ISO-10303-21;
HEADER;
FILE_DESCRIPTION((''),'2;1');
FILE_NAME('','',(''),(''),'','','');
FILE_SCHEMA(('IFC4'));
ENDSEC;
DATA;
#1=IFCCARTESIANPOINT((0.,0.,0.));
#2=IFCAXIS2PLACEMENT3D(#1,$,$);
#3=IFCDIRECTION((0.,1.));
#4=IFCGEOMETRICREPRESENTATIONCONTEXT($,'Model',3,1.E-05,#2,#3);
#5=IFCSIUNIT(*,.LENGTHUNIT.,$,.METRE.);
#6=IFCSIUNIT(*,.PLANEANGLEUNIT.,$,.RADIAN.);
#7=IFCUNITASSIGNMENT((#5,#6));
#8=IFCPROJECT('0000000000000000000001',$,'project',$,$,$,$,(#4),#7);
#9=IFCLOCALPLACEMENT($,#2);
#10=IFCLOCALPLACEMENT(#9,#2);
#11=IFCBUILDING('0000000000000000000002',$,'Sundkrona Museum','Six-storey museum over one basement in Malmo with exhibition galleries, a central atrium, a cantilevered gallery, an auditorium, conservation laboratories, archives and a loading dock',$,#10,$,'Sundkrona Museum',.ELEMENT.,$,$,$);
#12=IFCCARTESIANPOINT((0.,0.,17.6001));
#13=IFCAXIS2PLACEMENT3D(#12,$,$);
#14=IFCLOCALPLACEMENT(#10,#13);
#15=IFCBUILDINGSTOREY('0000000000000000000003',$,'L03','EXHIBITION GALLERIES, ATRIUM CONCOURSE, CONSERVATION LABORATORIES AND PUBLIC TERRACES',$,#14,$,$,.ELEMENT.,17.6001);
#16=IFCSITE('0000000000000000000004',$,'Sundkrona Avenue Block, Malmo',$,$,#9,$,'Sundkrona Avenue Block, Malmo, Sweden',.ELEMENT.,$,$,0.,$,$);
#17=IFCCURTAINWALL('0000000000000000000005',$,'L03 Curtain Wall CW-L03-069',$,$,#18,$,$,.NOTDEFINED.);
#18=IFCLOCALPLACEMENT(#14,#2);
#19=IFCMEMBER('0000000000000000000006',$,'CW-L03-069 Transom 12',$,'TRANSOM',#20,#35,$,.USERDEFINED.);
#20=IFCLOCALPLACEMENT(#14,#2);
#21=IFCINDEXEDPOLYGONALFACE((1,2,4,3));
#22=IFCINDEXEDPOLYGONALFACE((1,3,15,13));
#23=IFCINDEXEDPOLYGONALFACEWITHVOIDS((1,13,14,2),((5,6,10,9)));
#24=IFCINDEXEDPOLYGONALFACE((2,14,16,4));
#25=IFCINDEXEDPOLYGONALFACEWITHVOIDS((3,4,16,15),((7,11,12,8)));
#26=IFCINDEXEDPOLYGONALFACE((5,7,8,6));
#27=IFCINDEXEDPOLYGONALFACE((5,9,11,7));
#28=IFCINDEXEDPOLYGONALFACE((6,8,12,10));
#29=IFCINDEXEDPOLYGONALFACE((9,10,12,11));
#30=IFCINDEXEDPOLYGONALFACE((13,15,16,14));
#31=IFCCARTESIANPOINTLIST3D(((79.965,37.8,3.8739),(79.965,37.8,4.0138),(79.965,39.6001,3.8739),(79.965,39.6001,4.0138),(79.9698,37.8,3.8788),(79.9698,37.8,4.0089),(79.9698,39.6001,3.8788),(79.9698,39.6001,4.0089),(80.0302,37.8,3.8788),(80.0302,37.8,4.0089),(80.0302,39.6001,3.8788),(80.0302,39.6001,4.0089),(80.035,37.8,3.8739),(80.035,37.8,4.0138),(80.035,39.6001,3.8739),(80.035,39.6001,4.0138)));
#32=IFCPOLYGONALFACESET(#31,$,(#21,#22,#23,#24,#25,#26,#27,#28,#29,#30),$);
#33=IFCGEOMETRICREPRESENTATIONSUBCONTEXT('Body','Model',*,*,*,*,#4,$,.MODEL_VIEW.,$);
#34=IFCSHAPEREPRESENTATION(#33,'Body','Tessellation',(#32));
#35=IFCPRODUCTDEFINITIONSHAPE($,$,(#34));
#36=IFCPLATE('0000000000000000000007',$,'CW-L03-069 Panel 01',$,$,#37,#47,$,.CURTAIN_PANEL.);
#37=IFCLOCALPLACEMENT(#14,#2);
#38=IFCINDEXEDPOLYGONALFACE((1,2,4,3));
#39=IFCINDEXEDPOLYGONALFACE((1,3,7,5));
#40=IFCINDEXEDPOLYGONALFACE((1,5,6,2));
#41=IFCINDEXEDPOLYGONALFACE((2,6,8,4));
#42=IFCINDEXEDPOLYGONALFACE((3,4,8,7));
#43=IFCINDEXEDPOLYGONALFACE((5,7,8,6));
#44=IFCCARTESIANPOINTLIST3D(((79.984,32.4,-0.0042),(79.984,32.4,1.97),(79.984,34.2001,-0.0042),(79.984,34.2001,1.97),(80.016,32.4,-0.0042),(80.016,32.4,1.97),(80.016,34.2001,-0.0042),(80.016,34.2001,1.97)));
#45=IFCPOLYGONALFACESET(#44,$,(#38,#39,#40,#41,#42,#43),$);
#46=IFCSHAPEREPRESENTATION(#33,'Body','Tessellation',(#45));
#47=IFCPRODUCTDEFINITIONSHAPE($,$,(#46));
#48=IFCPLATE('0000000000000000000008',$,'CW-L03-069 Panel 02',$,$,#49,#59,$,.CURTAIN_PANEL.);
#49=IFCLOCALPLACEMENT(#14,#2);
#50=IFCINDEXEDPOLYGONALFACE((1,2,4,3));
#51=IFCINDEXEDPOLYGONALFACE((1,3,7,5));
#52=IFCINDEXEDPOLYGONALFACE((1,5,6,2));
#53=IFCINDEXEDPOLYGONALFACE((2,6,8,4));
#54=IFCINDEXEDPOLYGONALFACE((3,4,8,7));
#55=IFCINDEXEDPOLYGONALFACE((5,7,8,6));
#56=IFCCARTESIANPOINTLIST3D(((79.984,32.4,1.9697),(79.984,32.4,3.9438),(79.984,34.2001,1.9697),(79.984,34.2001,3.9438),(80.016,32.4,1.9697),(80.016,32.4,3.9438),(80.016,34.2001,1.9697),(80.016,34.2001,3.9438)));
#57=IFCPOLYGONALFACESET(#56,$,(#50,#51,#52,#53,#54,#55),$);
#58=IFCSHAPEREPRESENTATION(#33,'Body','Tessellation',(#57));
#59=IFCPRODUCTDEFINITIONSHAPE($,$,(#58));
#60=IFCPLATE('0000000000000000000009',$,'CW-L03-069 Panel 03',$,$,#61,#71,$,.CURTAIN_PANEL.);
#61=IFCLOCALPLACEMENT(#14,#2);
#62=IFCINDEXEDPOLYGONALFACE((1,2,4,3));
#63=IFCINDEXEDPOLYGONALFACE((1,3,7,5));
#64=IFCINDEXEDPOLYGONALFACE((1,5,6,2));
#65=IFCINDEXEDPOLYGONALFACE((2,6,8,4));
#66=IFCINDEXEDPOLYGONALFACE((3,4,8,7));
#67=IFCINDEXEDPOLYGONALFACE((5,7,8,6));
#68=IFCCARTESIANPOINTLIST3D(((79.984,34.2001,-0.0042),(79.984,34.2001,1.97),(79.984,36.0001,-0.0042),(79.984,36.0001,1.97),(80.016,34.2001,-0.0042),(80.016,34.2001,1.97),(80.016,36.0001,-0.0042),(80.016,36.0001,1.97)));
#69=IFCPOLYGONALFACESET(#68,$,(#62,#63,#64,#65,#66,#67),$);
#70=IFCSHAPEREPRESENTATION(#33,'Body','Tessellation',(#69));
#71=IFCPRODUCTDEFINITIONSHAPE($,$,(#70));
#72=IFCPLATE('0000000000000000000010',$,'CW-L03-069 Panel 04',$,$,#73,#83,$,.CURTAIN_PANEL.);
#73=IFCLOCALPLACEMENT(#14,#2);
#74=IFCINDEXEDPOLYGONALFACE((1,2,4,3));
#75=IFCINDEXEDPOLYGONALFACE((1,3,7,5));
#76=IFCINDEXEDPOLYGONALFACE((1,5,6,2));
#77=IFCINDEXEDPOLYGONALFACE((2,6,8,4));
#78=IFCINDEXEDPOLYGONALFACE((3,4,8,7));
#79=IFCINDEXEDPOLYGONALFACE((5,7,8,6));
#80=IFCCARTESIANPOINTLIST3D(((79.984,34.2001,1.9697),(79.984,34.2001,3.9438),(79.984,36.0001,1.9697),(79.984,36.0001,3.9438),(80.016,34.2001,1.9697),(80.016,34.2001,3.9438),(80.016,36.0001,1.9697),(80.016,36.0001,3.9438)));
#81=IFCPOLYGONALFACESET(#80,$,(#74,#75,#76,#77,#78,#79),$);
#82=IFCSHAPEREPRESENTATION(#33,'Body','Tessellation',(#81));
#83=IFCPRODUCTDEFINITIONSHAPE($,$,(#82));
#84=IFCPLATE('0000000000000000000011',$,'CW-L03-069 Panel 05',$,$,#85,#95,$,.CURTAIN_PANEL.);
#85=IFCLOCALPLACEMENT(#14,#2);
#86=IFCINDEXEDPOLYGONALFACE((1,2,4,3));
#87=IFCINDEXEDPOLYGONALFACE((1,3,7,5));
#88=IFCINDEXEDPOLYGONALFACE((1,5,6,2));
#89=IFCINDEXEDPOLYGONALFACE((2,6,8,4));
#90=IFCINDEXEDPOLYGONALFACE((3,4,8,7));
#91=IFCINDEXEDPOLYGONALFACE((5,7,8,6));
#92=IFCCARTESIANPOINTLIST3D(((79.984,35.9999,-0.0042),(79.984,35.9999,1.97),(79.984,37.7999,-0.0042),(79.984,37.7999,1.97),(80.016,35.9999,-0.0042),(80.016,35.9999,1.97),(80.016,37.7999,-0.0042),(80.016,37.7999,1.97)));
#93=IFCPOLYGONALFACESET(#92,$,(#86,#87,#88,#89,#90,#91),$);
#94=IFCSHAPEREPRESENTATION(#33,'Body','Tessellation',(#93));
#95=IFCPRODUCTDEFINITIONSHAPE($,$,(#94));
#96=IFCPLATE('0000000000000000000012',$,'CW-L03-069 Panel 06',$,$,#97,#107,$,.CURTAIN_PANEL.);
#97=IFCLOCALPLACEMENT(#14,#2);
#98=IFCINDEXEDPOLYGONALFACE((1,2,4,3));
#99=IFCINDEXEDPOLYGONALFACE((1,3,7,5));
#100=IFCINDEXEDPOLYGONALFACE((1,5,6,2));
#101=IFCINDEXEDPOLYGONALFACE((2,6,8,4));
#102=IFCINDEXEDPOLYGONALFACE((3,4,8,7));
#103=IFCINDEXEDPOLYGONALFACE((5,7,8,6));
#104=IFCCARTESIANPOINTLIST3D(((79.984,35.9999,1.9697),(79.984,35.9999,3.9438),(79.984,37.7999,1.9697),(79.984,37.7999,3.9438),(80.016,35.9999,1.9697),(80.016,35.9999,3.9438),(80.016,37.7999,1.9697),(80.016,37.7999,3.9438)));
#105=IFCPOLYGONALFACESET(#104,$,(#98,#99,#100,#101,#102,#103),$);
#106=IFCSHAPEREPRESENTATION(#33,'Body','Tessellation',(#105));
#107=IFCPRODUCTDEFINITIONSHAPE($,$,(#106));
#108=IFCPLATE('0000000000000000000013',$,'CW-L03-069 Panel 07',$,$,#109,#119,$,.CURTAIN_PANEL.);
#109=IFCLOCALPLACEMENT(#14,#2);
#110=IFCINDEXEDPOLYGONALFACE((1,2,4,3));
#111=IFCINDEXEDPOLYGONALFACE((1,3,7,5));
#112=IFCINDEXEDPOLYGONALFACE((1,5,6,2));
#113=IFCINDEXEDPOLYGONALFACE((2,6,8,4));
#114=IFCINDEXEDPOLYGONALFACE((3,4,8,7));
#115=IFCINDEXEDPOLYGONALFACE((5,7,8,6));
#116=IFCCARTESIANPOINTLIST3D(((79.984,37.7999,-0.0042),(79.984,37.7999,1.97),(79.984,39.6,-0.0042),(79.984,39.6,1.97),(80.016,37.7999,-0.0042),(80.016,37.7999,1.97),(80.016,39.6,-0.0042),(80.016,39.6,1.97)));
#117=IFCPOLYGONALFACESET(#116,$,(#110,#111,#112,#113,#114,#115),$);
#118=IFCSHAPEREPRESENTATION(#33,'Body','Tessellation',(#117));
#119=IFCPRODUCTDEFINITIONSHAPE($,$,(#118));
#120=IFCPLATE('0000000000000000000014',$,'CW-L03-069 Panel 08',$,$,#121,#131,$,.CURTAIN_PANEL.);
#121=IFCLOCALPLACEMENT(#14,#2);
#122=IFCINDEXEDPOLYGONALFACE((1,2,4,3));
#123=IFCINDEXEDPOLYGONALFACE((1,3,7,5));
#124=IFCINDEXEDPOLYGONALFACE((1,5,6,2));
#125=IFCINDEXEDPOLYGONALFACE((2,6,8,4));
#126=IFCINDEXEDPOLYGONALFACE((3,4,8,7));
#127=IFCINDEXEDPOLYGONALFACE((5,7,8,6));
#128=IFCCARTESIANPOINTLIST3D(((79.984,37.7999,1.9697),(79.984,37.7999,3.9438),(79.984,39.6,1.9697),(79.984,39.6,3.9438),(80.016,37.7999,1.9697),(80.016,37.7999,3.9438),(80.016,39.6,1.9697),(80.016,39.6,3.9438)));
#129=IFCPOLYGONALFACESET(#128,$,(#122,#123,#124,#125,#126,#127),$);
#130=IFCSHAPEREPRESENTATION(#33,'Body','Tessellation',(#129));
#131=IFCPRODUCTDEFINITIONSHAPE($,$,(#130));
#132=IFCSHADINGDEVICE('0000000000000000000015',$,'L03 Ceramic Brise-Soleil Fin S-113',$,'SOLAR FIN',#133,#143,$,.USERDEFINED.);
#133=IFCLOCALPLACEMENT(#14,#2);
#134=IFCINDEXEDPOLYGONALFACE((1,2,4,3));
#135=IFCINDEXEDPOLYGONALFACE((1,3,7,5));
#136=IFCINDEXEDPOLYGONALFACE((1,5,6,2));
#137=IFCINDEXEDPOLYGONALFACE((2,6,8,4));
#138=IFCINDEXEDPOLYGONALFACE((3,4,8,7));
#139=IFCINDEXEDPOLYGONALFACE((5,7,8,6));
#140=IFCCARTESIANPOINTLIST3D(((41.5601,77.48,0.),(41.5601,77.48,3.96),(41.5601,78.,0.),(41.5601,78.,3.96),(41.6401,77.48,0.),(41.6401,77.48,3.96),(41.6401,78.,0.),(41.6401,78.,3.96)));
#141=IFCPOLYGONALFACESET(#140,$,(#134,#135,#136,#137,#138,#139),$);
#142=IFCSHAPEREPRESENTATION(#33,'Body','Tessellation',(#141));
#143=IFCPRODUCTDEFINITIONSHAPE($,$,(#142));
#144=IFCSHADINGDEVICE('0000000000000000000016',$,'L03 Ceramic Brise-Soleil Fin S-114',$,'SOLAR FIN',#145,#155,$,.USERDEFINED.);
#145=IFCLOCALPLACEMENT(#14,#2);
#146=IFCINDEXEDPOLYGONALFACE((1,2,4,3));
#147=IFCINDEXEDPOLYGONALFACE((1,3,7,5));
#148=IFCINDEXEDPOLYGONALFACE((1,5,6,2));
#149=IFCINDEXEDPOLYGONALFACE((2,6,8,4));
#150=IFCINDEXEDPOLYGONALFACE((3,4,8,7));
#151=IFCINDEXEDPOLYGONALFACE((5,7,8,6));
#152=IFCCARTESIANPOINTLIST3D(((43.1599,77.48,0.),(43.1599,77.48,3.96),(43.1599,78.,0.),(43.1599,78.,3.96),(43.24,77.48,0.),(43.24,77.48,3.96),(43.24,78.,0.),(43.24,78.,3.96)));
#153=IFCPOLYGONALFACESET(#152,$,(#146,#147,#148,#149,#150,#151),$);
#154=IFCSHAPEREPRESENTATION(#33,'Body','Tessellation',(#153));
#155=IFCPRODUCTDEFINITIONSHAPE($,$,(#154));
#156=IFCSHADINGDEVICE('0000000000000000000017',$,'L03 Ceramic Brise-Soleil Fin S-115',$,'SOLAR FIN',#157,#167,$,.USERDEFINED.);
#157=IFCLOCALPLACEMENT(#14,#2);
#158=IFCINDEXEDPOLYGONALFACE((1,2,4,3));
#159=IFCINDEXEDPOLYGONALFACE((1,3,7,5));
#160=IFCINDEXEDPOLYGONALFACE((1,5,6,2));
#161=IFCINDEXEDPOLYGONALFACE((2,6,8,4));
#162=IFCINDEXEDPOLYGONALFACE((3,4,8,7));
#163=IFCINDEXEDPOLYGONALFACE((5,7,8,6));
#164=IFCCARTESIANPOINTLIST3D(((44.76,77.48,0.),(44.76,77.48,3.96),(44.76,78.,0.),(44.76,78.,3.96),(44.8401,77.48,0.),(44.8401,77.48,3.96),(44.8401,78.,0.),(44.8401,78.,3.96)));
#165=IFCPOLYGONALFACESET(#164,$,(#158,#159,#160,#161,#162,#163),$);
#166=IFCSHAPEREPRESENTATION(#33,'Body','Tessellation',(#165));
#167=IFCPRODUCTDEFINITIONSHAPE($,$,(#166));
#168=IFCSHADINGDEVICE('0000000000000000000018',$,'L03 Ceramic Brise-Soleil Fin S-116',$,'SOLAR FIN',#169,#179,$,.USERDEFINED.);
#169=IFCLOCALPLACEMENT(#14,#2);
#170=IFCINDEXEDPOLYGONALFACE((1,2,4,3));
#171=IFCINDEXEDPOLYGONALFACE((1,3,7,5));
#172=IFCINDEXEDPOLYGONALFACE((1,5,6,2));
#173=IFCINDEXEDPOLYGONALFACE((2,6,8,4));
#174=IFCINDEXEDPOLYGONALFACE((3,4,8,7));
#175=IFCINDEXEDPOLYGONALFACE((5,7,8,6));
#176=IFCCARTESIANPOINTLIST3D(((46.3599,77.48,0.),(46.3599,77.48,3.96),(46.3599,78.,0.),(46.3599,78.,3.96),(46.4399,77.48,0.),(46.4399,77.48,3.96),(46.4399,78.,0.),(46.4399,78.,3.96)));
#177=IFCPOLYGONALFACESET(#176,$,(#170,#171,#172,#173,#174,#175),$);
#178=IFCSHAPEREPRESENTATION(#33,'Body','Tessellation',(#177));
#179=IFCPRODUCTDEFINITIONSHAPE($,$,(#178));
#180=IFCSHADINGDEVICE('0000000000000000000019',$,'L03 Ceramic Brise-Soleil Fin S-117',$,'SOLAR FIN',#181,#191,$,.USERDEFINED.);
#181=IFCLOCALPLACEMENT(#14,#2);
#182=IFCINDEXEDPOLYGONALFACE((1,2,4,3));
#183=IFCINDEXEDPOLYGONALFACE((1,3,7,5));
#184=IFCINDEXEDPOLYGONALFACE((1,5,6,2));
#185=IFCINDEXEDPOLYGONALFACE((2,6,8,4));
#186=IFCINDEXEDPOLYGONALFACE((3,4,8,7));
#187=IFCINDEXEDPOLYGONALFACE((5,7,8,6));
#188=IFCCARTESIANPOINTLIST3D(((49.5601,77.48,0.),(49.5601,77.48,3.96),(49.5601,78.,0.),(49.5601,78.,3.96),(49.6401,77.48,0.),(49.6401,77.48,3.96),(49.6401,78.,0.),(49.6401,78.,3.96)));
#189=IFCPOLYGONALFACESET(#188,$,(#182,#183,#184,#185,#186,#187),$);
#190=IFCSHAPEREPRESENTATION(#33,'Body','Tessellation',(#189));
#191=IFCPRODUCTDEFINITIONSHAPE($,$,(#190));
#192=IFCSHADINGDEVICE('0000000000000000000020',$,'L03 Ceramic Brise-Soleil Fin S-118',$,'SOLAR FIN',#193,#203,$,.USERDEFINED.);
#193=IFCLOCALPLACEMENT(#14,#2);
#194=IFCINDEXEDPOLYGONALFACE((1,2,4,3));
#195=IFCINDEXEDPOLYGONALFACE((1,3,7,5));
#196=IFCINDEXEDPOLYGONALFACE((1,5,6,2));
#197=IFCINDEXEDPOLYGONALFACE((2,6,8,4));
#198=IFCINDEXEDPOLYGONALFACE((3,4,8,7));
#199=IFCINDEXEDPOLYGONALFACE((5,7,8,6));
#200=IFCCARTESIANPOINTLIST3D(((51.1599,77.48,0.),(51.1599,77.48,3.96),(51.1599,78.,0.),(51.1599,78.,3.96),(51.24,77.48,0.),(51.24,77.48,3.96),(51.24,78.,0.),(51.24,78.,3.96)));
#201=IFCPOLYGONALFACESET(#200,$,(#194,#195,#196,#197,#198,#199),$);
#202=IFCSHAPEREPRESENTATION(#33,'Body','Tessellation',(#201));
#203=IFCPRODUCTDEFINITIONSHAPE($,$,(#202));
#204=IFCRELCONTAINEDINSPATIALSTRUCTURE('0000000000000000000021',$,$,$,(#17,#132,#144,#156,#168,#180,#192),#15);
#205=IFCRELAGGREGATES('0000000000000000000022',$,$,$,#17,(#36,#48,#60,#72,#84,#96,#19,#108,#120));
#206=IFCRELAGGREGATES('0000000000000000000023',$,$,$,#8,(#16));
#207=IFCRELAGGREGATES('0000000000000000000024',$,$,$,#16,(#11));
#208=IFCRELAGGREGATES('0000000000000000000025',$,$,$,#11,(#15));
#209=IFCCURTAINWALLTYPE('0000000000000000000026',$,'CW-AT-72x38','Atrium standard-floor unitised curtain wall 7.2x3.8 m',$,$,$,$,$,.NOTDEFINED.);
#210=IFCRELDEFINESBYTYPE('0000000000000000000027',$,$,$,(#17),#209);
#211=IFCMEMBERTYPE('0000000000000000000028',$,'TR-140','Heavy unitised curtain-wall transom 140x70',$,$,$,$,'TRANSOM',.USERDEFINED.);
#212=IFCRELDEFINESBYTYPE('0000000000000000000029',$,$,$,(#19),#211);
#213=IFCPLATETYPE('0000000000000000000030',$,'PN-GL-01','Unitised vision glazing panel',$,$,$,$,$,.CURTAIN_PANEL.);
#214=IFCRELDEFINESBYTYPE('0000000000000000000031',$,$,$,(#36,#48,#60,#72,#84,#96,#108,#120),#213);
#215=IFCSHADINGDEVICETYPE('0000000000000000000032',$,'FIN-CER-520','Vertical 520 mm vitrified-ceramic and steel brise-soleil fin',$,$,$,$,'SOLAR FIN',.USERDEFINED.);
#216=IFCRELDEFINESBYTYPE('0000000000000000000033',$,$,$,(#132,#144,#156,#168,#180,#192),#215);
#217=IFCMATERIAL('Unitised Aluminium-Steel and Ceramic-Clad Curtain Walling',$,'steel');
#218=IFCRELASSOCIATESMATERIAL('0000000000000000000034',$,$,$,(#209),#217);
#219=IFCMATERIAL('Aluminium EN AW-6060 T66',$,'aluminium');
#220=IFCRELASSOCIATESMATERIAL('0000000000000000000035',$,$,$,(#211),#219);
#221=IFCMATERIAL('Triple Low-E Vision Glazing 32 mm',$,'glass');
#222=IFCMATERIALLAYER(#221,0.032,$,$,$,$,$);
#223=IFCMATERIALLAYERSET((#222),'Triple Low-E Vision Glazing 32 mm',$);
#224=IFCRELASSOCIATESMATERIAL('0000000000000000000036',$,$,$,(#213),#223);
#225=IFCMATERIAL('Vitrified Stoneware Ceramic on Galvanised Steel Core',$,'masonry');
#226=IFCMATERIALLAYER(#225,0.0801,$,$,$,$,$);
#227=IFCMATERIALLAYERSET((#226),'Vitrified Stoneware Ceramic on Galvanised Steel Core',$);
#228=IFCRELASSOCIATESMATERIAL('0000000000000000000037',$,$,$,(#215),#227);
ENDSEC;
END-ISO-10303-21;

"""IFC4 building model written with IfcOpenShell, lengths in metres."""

from ifc_helpers import new_model, si_unit, direction, frame, origin, origin_2d, place, context, subcontext, project, spatial, rectangle, hollow_rectangle, extrude, material, layer, layer_set, material_profile, profile_set, type_object, element, aggregate, save


model = new_model("IFC4")

# Units and contexts
model_context = context("Model", 3, precision=1e-05, world=origin(), true_north=direction((0.0, 1.0)))
body_context = subcontext(model_context, "Body", "Model", "MODEL_VIEW")
ifc_project = project(units=[si_unit("LENGTHUNIT", "METRE"), si_unit("PLANEANGLEUNIT", "RADIAN")], contexts=[model_context])

# Site, building, storey
site_placement = place(None, origin())
site = spatial("IfcSite", under=ifc_project, at=site_placement, Name="Sundkrona Avenue Block, Malmo", LongName="Sundkrona Avenue Block, Malmo, Sweden", CompositionType="ELEMENT", RefElevation=0.0)
building_placement = place(site_placement, origin())
building = spatial("IfcBuilding", under=site, at=building_placement, Name="Sundkrona Museum", Description="Six-storey museum over one basement in Malmo with exhibition galleries, a central atrium, a cantilevered gallery, an auditorium, conservation laboratories, archives and a loading dock", LongName="Sundkrona Museum", CompositionType="ELEMENT")
storey_placement = place(building_placement, frame((0.0, 0.0, 17.6001)))
storey = spatial("IfcBuildingStorey", under=building, at=storey_placement, Name="L03", Description="EXHIBITION GALLERIES, ATRIUM CONCOURSE, CONSERVATION LABORATORIES AND PUBLIC TERRACES", CompositionType="ELEMENT", Elevation=17.6001)

# Curtain wall
ifc_material_1 = material(Name="Unitised Aluminium-Steel and Ceramic-Clad Curtain Walling", Category="steel")
curtain_wall_type = type_object("IfcCurtainWallType", Name="CW-AT-72x38", Description="Atrium standard-floor unitised curtain wall 7.2x3.8 m", PredefinedType="NOTDEFINED", material=ifc_material_1)
curtain_wall_placement = place(storey_placement, origin())
curtain_wall = element("IfcCurtainWall", 1, at=curtain_wall_placement, inside=storey, type_object=curtain_wall_type, Name="L03 Curtain Wall CW-L03-069", PredefinedType="NOTDEFINED")
ifc_material_2 = material(Name="Aluminium EN AW-6060 T66", Category="aluminium")

# Member
ifc_material_profile_1 = material_profile(ifc_material_2, hollow_rectangle(XDim=0.0701, YDim=0.1399, WallThickness=0.0049, at=origin_2d()), Name="RHS 140x70x5.0")
ifc_profile_set_1 = profile_set([ifc_material_profile_1], Name="Aluminium EN AW-6060 T66")
member_type_1 = type_object("IfcMemberType", Name="TR-140", Description="Heavy unitised curtain-wall transom 140x70", ElementType="TRANSOM", PredefinedType="USERDEFINED", material=ifc_profile_set_1)
member_1_placement = place(storey_placement, frame((80.0, 37.8, 3.9438), z_axis=(0.0, 1.0, 0.0), x_axis=(-1.0, 0.0, 0.0)))
member_1 = element("IfcMember", 2, at=member_1_placement, type_object=member_type_1, Name="CW-L03-069 Transom 12", ObjectType="TRANSOM", PredefinedType="USERDEFINED", context=body_context, shape_type="SweptSolid", body=[
    extrude(hollow_rectangle(XDim=0.0701, YDim=0.1399, WallThickness=0.0049, at=origin_2d()), origin(), (0.0, 0.0, 1.0), 1.8),
])

# Plates
ifc_material_3 = material(Name="Triple Low-E Vision Glazing 32 mm", Category="glass")
ifc_layer_1 = layer(ifc_material_3, 0.032)
ifc_layer_set_1 = layer_set([ifc_layer_1], Name="Triple Low-E Vision Glazing 32 mm")
plate_type = type_object("IfcPlateType", Name="PN-GL-01", Description="Unitised vision glazing panel", PredefinedType="CURTAIN_PANEL", material=ifc_layer_set_1)
plate_1_placement = place(storey_placement, frame((80.0, 33.3, -0.0042), z_axis=(0.0, 0.0, 1.0), x_axis=(0.0, 1.0, 0.0)))
plate_1 = element("IfcPlate", 3, at=plate_1_placement, type_object=plate_type, Name="CW-L03-069 Panel 01", PredefinedType="CURTAIN_PANEL", context=body_context, shape_type="SweptSolid", body=[
    extrude(rectangle(XDim=1.8, YDim=0.032, at=origin_2d()), origin(), (0.0, 0.0, 1.0), 1.9741),
])
plate_2_placement = place(storey_placement, frame((80.0, 33.3, 1.9697), z_axis=(0.0, 0.0, 1.0), x_axis=(0.0, 1.0, 0.0)))
plate_2 = element("IfcPlate", 4, at=plate_2_placement, type_object=plate_type, Name="CW-L03-069 Panel 02", PredefinedType="CURTAIN_PANEL", context=body_context, shape_type="SweptSolid", body=[
    extrude(rectangle(XDim=1.8, YDim=0.032, at=origin_2d()), origin(), (0.0, 0.0, 1.0), 1.9741),
])
plate_3_placement = place(storey_placement, frame((80.0, 35.1001, -0.0042), z_axis=(0.0, 0.0, 1.0), x_axis=(0.0, 1.0, 0.0)))
plate_3 = element("IfcPlate", 5, at=plate_3_placement, type_object=plate_type, Name="CW-L03-069 Panel 03", PredefinedType="CURTAIN_PANEL", context=body_context, shape_type="SweptSolid", body=[
    extrude(rectangle(XDim=1.8, YDim=0.032, at=origin_2d()), origin(), (0.0, 0.0, 1.0), 1.9741),
])
plate_4_placement = place(storey_placement, frame((80.0, 35.1001, 1.9697), z_axis=(0.0, 0.0, 1.0), x_axis=(0.0, 1.0, 0.0)))
plate_4 = element("IfcPlate", 6, at=plate_4_placement, type_object=plate_type, Name="CW-L03-069 Panel 04", PredefinedType="CURTAIN_PANEL", context=body_context, shape_type="SweptSolid", body=[
    extrude(rectangle(XDim=1.8, YDim=0.032, at=origin_2d()), origin(), (0.0, 0.0, 1.0), 1.9741),
])
plate_5_placement = place(storey_placement, frame((80.0, 36.8999, -0.0042), z_axis=(0.0, 0.0, 1.0), x_axis=(0.0, 1.0, 0.0)))
plate_5 = element("IfcPlate", 7, at=plate_5_placement, type_object=plate_type, Name="CW-L03-069 Panel 05", PredefinedType="CURTAIN_PANEL", context=body_context, shape_type="SweptSolid", body=[
    extrude(rectangle(XDim=1.8, YDim=0.032, at=origin_2d()), origin(), (0.0, 0.0, 1.0), 1.9741),
])
plate_6_placement = place(storey_placement, frame((80.0, 36.8999, 1.9697), z_axis=(0.0, 0.0, 1.0), x_axis=(0.0, 1.0, 0.0)))
plate_6 = element("IfcPlate", 8, at=plate_6_placement, type_object=plate_type, Name="CW-L03-069 Panel 06", PredefinedType="CURTAIN_PANEL", context=body_context, shape_type="SweptSolid", body=[
    extrude(rectangle(XDim=1.8, YDim=0.032, at=origin_2d()), origin(), (0.0, 0.0, 1.0), 1.9741),
])
plate_7_placement = place(storey_placement, frame((80.0, 38.7, -0.0042), z_axis=(0.0, 0.0, 1.0), x_axis=(0.0, 1.0, 0.0)))
plate_7 = element("IfcPlate", 9, at=plate_7_placement, type_object=plate_type, Name="CW-L03-069 Panel 07", PredefinedType="CURTAIN_PANEL", context=body_context, shape_type="SweptSolid", body=[
    extrude(rectangle(XDim=1.8, YDim=0.032, at=origin_2d()), origin(), (0.0, 0.0, 1.0), 1.9741),
])
plate_8_placement = place(storey_placement, frame((80.0, 38.7, 1.9697), z_axis=(0.0, 0.0, 1.0), x_axis=(0.0, 1.0, 0.0)))
plate_8 = element("IfcPlate", 10, at=plate_8_placement, type_object=plate_type, Name="CW-L03-069 Panel 08", PredefinedType="CURTAIN_PANEL", context=body_context, shape_type="SweptSolid", body=[
    extrude(rectangle(XDim=1.8, YDim=0.032, at=origin_2d()), origin(), (0.0, 0.0, 1.0), 1.9741),
])
aggregate(curtain_wall, [plate_1, plate_2, plate_3, plate_4, plate_5, plate_6, member_1, plate_7, plate_8])

# Shading devices
ifc_material_4 = material(Name="Vitrified Stoneware Ceramic on Galvanised Steel Core", Category="masonry")
ifc_layer_2 = layer(ifc_material_4, 0.0801)
ifc_layer_set_2 = layer_set([ifc_layer_2], Name="Vitrified Stoneware Ceramic on Galvanised Steel Core")
shading_device_type = type_object("IfcShadingDeviceType", Name="FIN-CER-520", Description="Vertical 520 mm vitrified-ceramic and steel brise-soleil fin", ElementType="SOLAR FIN", PredefinedType="USERDEFINED", material=ifc_layer_set_2)
for number, where, z_axis, x_axis, name in (
    (11, (41.6001, 77.74, 0.0), (0.0, 0.0, 1.0), (1.0, 0.0, 0.0), "L03 Ceramic Brise-Soleil Fin S-113"),
    (12, (43.2, 77.74, 0.0), (0.0, 0.0, 1.0), (1.0, 0.0, 0.0), "L03 Ceramic Brise-Soleil Fin S-114"),
    (13, (44.8, 77.74, 0.0), (0.0, 0.0, 1.0), (1.0, 0.0, 0.0), "L03 Ceramic Brise-Soleil Fin S-115"),
    (14, (46.3999, 77.74, 0.0), (0.0, 0.0, 1.0), (1.0, 0.0, 0.0), "L03 Ceramic Brise-Soleil Fin S-116"),
    (15, (49.6001, 77.74, 0.0), (0.0, 0.0, 1.0), (1.0, 0.0, 0.0), "L03 Ceramic Brise-Soleil Fin S-117"),
    (16, (51.2, 77.74, 0.0), (0.0, 0.0, 1.0), (1.0, 0.0, 0.0), "L03 Ceramic Brise-Soleil Fin S-118"),
):
    element("IfcShadingDevice", number, at=place(storey_placement, frame(where, z_axis=z_axis, x_axis=x_axis)), inside=storey, type_object=shading_device_type, Name=name, ObjectType="SOLAR FIN", PredefinedType="USERDEFINED", context=body_context, shape_type="SweptSolid", body=[
        extrude(rectangle(XDim=0.0801, YDim=0.52, at=origin_2d()), origin(), (0.0, 0.0, 1.0), 3.96),
    ])

save(model, "model.ifc")
